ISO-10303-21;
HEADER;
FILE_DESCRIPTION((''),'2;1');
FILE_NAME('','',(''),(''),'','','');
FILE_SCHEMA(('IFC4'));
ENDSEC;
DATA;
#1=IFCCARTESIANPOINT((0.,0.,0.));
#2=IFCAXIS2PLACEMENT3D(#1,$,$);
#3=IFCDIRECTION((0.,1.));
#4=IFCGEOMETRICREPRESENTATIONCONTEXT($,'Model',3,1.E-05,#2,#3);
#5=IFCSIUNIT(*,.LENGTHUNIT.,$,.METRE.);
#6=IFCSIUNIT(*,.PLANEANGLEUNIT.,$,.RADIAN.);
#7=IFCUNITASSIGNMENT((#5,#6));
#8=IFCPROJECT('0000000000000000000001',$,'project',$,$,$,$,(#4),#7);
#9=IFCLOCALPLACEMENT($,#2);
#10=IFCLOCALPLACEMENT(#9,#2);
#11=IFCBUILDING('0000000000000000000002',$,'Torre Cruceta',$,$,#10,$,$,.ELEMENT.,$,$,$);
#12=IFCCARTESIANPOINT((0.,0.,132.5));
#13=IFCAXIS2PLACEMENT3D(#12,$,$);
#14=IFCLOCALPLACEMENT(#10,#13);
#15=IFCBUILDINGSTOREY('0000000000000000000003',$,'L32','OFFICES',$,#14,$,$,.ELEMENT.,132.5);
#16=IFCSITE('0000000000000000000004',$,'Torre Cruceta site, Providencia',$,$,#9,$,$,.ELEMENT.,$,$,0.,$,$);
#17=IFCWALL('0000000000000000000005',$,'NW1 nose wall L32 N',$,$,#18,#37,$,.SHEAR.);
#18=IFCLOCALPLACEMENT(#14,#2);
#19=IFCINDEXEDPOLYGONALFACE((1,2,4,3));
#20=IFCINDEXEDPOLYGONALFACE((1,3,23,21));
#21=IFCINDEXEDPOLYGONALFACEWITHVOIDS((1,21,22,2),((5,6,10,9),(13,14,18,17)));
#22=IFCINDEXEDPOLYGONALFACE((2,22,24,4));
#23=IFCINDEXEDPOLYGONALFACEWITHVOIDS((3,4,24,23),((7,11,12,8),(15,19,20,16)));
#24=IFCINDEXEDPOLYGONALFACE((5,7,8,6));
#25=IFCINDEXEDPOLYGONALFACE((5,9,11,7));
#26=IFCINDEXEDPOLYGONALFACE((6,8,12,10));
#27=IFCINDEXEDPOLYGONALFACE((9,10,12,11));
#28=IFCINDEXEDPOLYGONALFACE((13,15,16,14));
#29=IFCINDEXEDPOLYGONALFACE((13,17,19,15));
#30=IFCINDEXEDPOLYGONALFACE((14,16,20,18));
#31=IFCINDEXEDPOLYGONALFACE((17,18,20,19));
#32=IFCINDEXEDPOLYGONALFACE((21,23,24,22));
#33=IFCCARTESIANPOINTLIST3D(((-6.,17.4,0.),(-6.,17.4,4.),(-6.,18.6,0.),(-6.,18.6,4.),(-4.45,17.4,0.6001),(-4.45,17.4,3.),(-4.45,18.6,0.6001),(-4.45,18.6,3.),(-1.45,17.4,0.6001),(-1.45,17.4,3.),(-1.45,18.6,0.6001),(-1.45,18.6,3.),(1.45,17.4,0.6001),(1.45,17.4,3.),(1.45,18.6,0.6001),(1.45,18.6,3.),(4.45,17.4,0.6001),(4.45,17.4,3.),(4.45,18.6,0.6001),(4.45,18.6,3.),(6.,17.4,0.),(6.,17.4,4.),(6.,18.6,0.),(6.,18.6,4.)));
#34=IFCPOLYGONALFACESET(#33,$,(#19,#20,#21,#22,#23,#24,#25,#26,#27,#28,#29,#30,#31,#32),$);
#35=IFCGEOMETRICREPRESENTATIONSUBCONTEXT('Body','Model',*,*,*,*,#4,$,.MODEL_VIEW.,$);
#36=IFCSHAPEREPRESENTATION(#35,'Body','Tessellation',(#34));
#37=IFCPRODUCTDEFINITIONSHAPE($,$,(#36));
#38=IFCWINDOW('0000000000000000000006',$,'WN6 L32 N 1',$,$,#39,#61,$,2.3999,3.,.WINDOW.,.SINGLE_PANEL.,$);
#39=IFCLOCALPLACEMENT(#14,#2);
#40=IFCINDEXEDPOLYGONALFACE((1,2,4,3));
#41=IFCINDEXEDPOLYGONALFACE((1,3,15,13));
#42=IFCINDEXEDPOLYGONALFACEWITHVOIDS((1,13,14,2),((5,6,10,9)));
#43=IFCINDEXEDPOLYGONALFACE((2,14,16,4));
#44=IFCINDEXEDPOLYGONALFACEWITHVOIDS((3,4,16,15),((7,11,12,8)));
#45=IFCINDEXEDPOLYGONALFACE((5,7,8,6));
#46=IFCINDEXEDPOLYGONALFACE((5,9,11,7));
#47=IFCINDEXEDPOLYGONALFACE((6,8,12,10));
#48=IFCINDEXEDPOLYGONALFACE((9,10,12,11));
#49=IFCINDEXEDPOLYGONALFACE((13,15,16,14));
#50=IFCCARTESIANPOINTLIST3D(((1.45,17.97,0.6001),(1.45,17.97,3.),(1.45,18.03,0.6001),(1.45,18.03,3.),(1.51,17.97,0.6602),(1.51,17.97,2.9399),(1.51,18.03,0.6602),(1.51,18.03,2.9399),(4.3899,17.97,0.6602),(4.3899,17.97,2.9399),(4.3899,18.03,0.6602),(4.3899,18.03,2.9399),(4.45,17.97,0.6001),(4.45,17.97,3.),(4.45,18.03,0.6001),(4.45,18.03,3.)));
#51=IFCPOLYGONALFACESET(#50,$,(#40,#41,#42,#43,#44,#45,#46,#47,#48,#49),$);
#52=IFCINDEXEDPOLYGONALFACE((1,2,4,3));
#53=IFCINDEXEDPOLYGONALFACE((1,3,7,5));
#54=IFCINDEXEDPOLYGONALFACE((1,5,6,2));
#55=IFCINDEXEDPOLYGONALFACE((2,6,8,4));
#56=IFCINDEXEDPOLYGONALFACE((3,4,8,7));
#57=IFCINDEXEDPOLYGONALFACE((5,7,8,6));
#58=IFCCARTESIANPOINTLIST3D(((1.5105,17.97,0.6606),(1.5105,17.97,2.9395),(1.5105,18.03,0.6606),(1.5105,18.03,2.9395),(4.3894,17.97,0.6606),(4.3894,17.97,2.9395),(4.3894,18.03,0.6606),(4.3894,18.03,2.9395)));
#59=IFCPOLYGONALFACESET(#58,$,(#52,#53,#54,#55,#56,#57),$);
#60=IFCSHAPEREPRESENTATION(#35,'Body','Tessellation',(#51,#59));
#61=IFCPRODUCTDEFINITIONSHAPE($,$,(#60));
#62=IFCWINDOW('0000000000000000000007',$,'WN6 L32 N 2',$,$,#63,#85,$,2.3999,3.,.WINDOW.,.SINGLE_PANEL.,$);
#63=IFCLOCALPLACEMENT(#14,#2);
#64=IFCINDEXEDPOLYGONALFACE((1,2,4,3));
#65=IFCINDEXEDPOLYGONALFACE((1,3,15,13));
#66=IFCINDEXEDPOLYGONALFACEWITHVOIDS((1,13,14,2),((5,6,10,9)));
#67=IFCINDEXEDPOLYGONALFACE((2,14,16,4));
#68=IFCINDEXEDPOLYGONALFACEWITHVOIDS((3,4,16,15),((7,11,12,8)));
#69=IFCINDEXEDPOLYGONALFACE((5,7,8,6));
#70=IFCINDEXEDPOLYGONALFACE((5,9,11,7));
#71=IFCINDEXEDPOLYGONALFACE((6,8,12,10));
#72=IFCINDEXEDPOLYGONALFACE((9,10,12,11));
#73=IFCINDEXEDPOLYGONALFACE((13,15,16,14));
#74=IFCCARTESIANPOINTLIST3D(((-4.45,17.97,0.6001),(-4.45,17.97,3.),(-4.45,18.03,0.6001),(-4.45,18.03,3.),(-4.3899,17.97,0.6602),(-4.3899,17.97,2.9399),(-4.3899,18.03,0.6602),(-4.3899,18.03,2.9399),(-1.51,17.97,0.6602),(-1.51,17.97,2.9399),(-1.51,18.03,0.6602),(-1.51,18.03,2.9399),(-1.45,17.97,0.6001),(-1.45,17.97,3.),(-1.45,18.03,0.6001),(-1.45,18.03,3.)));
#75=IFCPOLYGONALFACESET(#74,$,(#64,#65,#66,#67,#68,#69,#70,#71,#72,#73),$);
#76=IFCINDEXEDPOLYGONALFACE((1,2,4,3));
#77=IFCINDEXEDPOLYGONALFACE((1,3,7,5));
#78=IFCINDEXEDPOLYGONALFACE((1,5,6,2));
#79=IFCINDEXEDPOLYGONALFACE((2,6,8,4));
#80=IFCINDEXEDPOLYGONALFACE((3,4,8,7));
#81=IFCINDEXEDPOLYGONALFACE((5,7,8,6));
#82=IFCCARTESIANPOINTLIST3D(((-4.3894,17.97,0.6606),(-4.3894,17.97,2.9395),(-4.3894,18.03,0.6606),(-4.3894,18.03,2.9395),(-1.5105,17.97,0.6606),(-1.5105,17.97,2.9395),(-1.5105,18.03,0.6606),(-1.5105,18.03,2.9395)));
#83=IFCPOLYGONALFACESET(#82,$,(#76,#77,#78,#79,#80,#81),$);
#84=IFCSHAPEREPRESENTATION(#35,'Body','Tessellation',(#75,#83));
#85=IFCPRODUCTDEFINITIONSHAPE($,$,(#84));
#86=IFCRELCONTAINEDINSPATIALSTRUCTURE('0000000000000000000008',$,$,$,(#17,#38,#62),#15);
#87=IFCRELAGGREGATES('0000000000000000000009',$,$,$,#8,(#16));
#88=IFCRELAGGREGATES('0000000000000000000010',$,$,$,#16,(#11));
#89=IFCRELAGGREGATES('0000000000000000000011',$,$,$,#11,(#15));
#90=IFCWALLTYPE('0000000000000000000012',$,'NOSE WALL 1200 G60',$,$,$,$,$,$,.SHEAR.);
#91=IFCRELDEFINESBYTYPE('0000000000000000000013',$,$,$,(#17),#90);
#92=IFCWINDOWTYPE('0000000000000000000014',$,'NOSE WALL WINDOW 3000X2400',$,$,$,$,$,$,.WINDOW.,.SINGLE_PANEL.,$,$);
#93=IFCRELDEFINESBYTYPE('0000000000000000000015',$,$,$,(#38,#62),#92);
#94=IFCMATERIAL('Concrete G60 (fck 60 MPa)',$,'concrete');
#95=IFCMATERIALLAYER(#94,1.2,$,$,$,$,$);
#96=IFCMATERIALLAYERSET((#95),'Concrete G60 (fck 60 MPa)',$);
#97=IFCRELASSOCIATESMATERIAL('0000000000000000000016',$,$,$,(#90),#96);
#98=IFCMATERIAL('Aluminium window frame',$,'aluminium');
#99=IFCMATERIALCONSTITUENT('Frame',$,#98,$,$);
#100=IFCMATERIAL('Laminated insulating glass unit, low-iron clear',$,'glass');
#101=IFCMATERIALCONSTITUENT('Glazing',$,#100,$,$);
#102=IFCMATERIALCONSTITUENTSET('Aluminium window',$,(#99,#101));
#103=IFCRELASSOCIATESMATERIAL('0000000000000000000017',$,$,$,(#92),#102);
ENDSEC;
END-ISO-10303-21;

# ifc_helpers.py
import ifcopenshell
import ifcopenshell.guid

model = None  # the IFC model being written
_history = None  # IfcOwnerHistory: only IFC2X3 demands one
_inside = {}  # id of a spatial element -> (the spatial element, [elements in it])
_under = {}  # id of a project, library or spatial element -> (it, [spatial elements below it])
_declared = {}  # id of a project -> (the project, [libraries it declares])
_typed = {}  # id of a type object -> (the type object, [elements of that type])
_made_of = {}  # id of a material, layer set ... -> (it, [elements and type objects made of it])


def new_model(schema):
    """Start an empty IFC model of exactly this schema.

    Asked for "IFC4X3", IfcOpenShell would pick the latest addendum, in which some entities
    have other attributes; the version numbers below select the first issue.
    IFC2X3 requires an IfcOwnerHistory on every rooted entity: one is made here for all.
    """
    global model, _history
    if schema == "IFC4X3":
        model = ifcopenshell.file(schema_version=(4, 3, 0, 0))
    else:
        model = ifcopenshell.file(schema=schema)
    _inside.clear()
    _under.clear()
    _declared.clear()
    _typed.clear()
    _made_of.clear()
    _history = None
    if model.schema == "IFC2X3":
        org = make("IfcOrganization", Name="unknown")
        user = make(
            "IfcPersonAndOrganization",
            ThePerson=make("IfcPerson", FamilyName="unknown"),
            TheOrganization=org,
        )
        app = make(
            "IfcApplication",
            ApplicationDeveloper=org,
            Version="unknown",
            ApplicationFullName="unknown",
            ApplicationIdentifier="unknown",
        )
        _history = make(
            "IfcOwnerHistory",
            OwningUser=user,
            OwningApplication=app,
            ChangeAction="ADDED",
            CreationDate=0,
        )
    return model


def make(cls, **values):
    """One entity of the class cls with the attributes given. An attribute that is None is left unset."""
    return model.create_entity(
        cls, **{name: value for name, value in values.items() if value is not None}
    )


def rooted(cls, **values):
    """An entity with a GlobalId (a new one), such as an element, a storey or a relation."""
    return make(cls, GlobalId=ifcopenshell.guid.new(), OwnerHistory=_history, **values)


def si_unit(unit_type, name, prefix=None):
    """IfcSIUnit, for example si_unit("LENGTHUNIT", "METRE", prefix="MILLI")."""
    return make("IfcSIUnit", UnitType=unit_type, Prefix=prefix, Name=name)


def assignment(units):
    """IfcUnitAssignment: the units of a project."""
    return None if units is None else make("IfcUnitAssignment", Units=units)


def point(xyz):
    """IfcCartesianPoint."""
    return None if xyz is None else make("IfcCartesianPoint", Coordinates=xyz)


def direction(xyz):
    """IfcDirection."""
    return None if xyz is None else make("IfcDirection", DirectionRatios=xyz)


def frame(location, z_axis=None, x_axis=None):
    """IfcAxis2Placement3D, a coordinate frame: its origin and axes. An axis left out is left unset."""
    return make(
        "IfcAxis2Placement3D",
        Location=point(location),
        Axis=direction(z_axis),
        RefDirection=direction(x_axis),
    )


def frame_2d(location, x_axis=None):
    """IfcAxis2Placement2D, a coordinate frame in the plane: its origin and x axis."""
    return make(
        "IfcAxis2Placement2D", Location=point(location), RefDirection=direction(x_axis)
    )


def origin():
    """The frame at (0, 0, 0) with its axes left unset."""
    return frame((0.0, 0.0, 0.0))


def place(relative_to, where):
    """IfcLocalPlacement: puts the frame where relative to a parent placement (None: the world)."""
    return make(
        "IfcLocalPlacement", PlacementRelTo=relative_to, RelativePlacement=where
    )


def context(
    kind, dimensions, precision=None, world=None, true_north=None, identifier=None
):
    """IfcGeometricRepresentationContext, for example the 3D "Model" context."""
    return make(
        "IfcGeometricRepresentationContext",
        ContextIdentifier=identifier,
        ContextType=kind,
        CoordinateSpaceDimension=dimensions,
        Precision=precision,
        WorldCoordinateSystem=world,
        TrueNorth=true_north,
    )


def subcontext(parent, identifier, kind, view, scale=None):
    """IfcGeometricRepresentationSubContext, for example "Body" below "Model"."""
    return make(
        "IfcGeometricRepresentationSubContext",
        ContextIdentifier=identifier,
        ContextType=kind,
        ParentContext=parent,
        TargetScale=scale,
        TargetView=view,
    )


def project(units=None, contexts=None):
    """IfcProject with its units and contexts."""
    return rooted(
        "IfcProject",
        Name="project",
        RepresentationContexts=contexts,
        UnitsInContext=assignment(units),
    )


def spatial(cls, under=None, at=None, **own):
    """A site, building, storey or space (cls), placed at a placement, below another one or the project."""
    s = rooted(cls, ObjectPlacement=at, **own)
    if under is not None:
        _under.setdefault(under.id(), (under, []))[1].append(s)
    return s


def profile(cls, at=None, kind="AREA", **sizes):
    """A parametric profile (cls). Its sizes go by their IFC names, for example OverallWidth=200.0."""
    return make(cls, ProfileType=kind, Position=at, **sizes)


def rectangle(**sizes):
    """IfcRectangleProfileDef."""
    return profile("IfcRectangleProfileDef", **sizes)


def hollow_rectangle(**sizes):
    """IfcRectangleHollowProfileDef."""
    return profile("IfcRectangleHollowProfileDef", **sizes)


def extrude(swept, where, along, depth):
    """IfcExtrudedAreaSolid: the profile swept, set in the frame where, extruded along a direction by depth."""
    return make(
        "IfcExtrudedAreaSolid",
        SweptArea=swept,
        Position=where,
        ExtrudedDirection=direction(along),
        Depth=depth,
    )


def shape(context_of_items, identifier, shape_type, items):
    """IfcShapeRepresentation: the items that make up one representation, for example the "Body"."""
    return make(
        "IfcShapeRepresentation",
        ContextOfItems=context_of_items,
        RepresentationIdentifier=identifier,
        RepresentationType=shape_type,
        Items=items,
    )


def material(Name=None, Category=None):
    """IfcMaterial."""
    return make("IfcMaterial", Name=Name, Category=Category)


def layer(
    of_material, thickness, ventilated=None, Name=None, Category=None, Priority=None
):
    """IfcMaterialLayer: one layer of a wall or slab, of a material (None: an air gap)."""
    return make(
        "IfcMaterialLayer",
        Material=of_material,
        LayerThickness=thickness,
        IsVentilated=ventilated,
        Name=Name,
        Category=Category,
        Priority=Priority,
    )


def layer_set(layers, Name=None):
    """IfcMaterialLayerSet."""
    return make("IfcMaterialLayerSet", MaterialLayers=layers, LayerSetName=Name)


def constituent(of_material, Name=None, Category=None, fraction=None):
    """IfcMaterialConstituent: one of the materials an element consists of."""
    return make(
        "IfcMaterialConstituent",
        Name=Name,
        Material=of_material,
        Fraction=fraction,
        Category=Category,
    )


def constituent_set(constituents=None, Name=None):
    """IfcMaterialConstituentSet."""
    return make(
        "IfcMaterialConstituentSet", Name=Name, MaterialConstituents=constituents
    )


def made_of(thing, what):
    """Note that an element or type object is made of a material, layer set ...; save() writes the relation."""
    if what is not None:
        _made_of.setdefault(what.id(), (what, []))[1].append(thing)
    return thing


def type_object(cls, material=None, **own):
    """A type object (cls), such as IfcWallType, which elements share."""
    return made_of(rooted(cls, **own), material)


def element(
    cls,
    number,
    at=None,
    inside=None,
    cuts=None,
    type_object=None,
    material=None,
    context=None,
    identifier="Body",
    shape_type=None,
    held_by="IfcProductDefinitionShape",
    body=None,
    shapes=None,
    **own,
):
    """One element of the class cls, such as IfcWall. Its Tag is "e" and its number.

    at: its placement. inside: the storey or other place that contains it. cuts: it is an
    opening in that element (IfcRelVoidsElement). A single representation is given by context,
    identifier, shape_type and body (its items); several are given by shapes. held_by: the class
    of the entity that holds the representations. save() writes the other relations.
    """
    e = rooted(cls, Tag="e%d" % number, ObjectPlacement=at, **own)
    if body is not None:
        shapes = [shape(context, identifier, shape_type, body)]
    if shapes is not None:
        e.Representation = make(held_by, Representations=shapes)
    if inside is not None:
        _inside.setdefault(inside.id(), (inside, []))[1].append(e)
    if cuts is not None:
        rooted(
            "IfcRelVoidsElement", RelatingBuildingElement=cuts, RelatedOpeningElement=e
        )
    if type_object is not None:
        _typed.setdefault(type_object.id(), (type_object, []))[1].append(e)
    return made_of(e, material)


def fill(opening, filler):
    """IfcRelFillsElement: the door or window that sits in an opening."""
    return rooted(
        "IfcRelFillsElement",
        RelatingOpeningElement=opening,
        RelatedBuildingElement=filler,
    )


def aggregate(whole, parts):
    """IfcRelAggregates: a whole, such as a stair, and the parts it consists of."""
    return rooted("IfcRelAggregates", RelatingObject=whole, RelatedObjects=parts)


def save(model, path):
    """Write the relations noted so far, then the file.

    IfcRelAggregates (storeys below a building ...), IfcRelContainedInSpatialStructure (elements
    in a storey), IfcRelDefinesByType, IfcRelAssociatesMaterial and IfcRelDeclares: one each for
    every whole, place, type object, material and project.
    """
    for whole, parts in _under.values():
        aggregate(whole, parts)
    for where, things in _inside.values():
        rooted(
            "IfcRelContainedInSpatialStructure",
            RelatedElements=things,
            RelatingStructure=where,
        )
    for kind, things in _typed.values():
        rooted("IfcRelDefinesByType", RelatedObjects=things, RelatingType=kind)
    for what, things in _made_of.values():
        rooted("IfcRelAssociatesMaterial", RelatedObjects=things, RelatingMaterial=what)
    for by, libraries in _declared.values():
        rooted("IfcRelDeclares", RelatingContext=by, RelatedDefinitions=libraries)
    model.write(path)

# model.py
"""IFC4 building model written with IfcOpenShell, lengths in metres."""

from ifc_helpers import new_model, si_unit, direction, frame, frame_2d, origin, place, context, subcontext, project, spatial, rectangle, hollow_rectangle, extrude, material, layer, layer_set, constituent, constituent_set, type_object, element, fill, save


model = new_model("IFC4")

# Units and contexts
model_context = context("Model", 3, precision=1e-05, world=origin(), true_north=direction((0.0, 1.0)))
body_context = subcontext(model_context, "Body", "Model", "MODEL_VIEW")
ifc_project = project(units=[si_unit("LENGTHUNIT", "METRE"), si_unit("PLANEANGLEUNIT", "RADIAN")], contexts=[model_context])

# Site, building, storey
site_placement = place(None, origin())
site = spatial("IfcSite", under=ifc_project, at=site_placement, Name="Torre Cruceta site, Providencia", CompositionType="ELEMENT", RefElevation=0.0)
building_placement = place(site_placement, origin())
building = spatial("IfcBuilding", under=site, at=building_placement, Name="Torre Cruceta", CompositionType="ELEMENT")
storey_placement = place(building_placement, frame((0.0, 0.0, 132.5)))
storey = spatial("IfcBuildingStorey", under=building, at=storey_placement, Name="L32", Description="OFFICES", CompositionType="ELEMENT", Elevation=132.5)

# Wall, openings, windows
ifc_material_1 = material(Name="Concrete G60 (fck 60 MPa)", Category="concrete")
ifc_layer_1 = layer(ifc_material_1, 1.2)
ifc_layer_set_1 = layer_set([ifc_layer_1], Name="Concrete G60 (fck 60 MPa)")
wall_type_1 = type_object("IfcWallType", Name="NOSE WALL 1200 G60", PredefinedType="SHEAR", material=ifc_layer_set_1)
wall_1_placement = place(storey_placement, frame((6.0, 18.0, 0.0), z_axis=(0.0, 0.0, 1.0), x_axis=(-1.0, 0.0, 0.0)))
wall_1 = element("IfcWall", 1, at=wall_1_placement, inside=storey, type_object=wall_type_1, Name="NW1 nose wall L32 N", PredefinedType="SHEAR", context=body_context, shape_type="SweptSolid", body=[
    extrude(rectangle(XDim=12.0, YDim=1.2, at=frame_2d((6.0, 0.0))), origin(), (0.0, 0.0, 1.0), 4.0),
])
opening_1_placement = place(wall_1_placement, frame((1.55, 0.0, 0.6001)))
opening_1 = element("IfcOpeningElement", 2, at=opening_1_placement, cuts=wall_1, PredefinedType="OPENING", context=body_context, shape_type="SweptSolid", body=[
    extrude(rectangle(XDim=3.0, YDim=2.3999, at=frame_2d((1.5, 1.2))), frame((0.0, 0.6099, 0.0), z_axis=(0.0, -1.0, 0.0), x_axis=(1.0, 0.0, 0.0)), (0.0, 0.0, 1.0), 1.22),
])
opening_2_placement = place(wall_1_placement, frame((7.45, 0.0, 0.6001)))
opening_2 = element("IfcOpeningElement", 3, at=opening_2_placement, cuts=wall_1, PredefinedType="OPENING", context=body_context, shape_type="SweptSolid", body=[
    extrude(rectangle(XDim=3.0, YDim=2.3999, at=frame_2d((1.5, 1.2))), frame((0.0, 0.6099, 0.0), z_axis=(0.0, -1.0, 0.0), x_axis=(1.0, 0.0, 0.0)), (0.0, 0.0, 1.0), 1.22),
])
ifc_material_2 = material(Name="Aluminium window frame", Category="aluminium")
ifc_constituent_1 = constituent(ifc_material_2, Name="Frame")
ifc_material_3 = material(Name="Laminated insulating glass unit, low-iron clear", Category="glass")
ifc_constituent_2 = constituent(ifc_material_3, Name="Glazing")
ifc_constituent_set_1 = constituent_set(constituents=[ifc_constituent_1, ifc_constituent_2], Name="Aluminium window")
window_type = type_object("IfcWindowType", Name="NOSE WALL WINDOW 3000X2400", PartitioningType="SINGLE_PANEL", PredefinedType="WINDOW", material=ifc_constituent_set_1)
window_1_placement = place(opening_1_placement, origin())
window_1 = element("IfcWindow", 4, at=window_1_placement, inside=storey, type_object=window_type, Name="WN6 L32 N 1", OverallHeight=2.3999, OverallWidth=3.0, PartitioningType="SINGLE_PANEL", PredefinedType="WINDOW", context=body_context, shape_type="SweptSolid", body=[
    extrude(hollow_rectangle(XDim=3.0, YDim=2.3999, WallThickness=0.0601, at=frame_2d((1.5, 1.2))), frame((0.0, 0.03, 0.0), z_axis=(0.0, -1.0, 0.0), x_axis=(1.0, 0.0, 0.0)), (0.0, 0.0, 1.0), 0.0601),
    extrude(rectangle(XDim=2.8789, YDim=2.2788, at=frame_2d((1.5, 1.2))), frame((0.0, 0.03, 0.0), z_axis=(0.0, -1.0, 0.0), x_axis=(1.0, 0.0, 0.0)), (0.0, 0.0, 1.0), 0.0601),
])
fill(opening_1, window_1)
window_2_placement = place(opening_2_placement, origin())
window_2 = element("IfcWindow", 5, at=window_2_placement, inside=storey, type_object=window_type, Name="WN6 L32 N 2", OverallHeight=2.3999, OverallWidth=3.0, PartitioningType="SINGLE_PANEL", PredefinedType="WINDOW", context=body_context, shape_type="SweptSolid", body=[
    extrude(hollow_rectangle(XDim=3.0, YDim=2.3999, WallThickness=0.0601, at=frame_2d((1.5, 1.2))), frame((0.0, 0.03, 0.0), z_axis=(0.0, -1.0, 0.0), x_axis=(1.0, 0.0, 0.0)), (0.0, 0.0, 1.0), 0.0601),
    extrude(rectangle(XDim=2.8789, YDim=2.2788, at=frame_2d((1.5, 1.2))), frame((0.0, 0.03, 0.0), z_axis=(0.0, -1.0, 0.0), x_axis=(1.0, 0.0, 0.0)), (0.0, 0.0, 1.0), 0.0601),
])
fill(opening_2, window_2)

save(model, "model.ifc")
